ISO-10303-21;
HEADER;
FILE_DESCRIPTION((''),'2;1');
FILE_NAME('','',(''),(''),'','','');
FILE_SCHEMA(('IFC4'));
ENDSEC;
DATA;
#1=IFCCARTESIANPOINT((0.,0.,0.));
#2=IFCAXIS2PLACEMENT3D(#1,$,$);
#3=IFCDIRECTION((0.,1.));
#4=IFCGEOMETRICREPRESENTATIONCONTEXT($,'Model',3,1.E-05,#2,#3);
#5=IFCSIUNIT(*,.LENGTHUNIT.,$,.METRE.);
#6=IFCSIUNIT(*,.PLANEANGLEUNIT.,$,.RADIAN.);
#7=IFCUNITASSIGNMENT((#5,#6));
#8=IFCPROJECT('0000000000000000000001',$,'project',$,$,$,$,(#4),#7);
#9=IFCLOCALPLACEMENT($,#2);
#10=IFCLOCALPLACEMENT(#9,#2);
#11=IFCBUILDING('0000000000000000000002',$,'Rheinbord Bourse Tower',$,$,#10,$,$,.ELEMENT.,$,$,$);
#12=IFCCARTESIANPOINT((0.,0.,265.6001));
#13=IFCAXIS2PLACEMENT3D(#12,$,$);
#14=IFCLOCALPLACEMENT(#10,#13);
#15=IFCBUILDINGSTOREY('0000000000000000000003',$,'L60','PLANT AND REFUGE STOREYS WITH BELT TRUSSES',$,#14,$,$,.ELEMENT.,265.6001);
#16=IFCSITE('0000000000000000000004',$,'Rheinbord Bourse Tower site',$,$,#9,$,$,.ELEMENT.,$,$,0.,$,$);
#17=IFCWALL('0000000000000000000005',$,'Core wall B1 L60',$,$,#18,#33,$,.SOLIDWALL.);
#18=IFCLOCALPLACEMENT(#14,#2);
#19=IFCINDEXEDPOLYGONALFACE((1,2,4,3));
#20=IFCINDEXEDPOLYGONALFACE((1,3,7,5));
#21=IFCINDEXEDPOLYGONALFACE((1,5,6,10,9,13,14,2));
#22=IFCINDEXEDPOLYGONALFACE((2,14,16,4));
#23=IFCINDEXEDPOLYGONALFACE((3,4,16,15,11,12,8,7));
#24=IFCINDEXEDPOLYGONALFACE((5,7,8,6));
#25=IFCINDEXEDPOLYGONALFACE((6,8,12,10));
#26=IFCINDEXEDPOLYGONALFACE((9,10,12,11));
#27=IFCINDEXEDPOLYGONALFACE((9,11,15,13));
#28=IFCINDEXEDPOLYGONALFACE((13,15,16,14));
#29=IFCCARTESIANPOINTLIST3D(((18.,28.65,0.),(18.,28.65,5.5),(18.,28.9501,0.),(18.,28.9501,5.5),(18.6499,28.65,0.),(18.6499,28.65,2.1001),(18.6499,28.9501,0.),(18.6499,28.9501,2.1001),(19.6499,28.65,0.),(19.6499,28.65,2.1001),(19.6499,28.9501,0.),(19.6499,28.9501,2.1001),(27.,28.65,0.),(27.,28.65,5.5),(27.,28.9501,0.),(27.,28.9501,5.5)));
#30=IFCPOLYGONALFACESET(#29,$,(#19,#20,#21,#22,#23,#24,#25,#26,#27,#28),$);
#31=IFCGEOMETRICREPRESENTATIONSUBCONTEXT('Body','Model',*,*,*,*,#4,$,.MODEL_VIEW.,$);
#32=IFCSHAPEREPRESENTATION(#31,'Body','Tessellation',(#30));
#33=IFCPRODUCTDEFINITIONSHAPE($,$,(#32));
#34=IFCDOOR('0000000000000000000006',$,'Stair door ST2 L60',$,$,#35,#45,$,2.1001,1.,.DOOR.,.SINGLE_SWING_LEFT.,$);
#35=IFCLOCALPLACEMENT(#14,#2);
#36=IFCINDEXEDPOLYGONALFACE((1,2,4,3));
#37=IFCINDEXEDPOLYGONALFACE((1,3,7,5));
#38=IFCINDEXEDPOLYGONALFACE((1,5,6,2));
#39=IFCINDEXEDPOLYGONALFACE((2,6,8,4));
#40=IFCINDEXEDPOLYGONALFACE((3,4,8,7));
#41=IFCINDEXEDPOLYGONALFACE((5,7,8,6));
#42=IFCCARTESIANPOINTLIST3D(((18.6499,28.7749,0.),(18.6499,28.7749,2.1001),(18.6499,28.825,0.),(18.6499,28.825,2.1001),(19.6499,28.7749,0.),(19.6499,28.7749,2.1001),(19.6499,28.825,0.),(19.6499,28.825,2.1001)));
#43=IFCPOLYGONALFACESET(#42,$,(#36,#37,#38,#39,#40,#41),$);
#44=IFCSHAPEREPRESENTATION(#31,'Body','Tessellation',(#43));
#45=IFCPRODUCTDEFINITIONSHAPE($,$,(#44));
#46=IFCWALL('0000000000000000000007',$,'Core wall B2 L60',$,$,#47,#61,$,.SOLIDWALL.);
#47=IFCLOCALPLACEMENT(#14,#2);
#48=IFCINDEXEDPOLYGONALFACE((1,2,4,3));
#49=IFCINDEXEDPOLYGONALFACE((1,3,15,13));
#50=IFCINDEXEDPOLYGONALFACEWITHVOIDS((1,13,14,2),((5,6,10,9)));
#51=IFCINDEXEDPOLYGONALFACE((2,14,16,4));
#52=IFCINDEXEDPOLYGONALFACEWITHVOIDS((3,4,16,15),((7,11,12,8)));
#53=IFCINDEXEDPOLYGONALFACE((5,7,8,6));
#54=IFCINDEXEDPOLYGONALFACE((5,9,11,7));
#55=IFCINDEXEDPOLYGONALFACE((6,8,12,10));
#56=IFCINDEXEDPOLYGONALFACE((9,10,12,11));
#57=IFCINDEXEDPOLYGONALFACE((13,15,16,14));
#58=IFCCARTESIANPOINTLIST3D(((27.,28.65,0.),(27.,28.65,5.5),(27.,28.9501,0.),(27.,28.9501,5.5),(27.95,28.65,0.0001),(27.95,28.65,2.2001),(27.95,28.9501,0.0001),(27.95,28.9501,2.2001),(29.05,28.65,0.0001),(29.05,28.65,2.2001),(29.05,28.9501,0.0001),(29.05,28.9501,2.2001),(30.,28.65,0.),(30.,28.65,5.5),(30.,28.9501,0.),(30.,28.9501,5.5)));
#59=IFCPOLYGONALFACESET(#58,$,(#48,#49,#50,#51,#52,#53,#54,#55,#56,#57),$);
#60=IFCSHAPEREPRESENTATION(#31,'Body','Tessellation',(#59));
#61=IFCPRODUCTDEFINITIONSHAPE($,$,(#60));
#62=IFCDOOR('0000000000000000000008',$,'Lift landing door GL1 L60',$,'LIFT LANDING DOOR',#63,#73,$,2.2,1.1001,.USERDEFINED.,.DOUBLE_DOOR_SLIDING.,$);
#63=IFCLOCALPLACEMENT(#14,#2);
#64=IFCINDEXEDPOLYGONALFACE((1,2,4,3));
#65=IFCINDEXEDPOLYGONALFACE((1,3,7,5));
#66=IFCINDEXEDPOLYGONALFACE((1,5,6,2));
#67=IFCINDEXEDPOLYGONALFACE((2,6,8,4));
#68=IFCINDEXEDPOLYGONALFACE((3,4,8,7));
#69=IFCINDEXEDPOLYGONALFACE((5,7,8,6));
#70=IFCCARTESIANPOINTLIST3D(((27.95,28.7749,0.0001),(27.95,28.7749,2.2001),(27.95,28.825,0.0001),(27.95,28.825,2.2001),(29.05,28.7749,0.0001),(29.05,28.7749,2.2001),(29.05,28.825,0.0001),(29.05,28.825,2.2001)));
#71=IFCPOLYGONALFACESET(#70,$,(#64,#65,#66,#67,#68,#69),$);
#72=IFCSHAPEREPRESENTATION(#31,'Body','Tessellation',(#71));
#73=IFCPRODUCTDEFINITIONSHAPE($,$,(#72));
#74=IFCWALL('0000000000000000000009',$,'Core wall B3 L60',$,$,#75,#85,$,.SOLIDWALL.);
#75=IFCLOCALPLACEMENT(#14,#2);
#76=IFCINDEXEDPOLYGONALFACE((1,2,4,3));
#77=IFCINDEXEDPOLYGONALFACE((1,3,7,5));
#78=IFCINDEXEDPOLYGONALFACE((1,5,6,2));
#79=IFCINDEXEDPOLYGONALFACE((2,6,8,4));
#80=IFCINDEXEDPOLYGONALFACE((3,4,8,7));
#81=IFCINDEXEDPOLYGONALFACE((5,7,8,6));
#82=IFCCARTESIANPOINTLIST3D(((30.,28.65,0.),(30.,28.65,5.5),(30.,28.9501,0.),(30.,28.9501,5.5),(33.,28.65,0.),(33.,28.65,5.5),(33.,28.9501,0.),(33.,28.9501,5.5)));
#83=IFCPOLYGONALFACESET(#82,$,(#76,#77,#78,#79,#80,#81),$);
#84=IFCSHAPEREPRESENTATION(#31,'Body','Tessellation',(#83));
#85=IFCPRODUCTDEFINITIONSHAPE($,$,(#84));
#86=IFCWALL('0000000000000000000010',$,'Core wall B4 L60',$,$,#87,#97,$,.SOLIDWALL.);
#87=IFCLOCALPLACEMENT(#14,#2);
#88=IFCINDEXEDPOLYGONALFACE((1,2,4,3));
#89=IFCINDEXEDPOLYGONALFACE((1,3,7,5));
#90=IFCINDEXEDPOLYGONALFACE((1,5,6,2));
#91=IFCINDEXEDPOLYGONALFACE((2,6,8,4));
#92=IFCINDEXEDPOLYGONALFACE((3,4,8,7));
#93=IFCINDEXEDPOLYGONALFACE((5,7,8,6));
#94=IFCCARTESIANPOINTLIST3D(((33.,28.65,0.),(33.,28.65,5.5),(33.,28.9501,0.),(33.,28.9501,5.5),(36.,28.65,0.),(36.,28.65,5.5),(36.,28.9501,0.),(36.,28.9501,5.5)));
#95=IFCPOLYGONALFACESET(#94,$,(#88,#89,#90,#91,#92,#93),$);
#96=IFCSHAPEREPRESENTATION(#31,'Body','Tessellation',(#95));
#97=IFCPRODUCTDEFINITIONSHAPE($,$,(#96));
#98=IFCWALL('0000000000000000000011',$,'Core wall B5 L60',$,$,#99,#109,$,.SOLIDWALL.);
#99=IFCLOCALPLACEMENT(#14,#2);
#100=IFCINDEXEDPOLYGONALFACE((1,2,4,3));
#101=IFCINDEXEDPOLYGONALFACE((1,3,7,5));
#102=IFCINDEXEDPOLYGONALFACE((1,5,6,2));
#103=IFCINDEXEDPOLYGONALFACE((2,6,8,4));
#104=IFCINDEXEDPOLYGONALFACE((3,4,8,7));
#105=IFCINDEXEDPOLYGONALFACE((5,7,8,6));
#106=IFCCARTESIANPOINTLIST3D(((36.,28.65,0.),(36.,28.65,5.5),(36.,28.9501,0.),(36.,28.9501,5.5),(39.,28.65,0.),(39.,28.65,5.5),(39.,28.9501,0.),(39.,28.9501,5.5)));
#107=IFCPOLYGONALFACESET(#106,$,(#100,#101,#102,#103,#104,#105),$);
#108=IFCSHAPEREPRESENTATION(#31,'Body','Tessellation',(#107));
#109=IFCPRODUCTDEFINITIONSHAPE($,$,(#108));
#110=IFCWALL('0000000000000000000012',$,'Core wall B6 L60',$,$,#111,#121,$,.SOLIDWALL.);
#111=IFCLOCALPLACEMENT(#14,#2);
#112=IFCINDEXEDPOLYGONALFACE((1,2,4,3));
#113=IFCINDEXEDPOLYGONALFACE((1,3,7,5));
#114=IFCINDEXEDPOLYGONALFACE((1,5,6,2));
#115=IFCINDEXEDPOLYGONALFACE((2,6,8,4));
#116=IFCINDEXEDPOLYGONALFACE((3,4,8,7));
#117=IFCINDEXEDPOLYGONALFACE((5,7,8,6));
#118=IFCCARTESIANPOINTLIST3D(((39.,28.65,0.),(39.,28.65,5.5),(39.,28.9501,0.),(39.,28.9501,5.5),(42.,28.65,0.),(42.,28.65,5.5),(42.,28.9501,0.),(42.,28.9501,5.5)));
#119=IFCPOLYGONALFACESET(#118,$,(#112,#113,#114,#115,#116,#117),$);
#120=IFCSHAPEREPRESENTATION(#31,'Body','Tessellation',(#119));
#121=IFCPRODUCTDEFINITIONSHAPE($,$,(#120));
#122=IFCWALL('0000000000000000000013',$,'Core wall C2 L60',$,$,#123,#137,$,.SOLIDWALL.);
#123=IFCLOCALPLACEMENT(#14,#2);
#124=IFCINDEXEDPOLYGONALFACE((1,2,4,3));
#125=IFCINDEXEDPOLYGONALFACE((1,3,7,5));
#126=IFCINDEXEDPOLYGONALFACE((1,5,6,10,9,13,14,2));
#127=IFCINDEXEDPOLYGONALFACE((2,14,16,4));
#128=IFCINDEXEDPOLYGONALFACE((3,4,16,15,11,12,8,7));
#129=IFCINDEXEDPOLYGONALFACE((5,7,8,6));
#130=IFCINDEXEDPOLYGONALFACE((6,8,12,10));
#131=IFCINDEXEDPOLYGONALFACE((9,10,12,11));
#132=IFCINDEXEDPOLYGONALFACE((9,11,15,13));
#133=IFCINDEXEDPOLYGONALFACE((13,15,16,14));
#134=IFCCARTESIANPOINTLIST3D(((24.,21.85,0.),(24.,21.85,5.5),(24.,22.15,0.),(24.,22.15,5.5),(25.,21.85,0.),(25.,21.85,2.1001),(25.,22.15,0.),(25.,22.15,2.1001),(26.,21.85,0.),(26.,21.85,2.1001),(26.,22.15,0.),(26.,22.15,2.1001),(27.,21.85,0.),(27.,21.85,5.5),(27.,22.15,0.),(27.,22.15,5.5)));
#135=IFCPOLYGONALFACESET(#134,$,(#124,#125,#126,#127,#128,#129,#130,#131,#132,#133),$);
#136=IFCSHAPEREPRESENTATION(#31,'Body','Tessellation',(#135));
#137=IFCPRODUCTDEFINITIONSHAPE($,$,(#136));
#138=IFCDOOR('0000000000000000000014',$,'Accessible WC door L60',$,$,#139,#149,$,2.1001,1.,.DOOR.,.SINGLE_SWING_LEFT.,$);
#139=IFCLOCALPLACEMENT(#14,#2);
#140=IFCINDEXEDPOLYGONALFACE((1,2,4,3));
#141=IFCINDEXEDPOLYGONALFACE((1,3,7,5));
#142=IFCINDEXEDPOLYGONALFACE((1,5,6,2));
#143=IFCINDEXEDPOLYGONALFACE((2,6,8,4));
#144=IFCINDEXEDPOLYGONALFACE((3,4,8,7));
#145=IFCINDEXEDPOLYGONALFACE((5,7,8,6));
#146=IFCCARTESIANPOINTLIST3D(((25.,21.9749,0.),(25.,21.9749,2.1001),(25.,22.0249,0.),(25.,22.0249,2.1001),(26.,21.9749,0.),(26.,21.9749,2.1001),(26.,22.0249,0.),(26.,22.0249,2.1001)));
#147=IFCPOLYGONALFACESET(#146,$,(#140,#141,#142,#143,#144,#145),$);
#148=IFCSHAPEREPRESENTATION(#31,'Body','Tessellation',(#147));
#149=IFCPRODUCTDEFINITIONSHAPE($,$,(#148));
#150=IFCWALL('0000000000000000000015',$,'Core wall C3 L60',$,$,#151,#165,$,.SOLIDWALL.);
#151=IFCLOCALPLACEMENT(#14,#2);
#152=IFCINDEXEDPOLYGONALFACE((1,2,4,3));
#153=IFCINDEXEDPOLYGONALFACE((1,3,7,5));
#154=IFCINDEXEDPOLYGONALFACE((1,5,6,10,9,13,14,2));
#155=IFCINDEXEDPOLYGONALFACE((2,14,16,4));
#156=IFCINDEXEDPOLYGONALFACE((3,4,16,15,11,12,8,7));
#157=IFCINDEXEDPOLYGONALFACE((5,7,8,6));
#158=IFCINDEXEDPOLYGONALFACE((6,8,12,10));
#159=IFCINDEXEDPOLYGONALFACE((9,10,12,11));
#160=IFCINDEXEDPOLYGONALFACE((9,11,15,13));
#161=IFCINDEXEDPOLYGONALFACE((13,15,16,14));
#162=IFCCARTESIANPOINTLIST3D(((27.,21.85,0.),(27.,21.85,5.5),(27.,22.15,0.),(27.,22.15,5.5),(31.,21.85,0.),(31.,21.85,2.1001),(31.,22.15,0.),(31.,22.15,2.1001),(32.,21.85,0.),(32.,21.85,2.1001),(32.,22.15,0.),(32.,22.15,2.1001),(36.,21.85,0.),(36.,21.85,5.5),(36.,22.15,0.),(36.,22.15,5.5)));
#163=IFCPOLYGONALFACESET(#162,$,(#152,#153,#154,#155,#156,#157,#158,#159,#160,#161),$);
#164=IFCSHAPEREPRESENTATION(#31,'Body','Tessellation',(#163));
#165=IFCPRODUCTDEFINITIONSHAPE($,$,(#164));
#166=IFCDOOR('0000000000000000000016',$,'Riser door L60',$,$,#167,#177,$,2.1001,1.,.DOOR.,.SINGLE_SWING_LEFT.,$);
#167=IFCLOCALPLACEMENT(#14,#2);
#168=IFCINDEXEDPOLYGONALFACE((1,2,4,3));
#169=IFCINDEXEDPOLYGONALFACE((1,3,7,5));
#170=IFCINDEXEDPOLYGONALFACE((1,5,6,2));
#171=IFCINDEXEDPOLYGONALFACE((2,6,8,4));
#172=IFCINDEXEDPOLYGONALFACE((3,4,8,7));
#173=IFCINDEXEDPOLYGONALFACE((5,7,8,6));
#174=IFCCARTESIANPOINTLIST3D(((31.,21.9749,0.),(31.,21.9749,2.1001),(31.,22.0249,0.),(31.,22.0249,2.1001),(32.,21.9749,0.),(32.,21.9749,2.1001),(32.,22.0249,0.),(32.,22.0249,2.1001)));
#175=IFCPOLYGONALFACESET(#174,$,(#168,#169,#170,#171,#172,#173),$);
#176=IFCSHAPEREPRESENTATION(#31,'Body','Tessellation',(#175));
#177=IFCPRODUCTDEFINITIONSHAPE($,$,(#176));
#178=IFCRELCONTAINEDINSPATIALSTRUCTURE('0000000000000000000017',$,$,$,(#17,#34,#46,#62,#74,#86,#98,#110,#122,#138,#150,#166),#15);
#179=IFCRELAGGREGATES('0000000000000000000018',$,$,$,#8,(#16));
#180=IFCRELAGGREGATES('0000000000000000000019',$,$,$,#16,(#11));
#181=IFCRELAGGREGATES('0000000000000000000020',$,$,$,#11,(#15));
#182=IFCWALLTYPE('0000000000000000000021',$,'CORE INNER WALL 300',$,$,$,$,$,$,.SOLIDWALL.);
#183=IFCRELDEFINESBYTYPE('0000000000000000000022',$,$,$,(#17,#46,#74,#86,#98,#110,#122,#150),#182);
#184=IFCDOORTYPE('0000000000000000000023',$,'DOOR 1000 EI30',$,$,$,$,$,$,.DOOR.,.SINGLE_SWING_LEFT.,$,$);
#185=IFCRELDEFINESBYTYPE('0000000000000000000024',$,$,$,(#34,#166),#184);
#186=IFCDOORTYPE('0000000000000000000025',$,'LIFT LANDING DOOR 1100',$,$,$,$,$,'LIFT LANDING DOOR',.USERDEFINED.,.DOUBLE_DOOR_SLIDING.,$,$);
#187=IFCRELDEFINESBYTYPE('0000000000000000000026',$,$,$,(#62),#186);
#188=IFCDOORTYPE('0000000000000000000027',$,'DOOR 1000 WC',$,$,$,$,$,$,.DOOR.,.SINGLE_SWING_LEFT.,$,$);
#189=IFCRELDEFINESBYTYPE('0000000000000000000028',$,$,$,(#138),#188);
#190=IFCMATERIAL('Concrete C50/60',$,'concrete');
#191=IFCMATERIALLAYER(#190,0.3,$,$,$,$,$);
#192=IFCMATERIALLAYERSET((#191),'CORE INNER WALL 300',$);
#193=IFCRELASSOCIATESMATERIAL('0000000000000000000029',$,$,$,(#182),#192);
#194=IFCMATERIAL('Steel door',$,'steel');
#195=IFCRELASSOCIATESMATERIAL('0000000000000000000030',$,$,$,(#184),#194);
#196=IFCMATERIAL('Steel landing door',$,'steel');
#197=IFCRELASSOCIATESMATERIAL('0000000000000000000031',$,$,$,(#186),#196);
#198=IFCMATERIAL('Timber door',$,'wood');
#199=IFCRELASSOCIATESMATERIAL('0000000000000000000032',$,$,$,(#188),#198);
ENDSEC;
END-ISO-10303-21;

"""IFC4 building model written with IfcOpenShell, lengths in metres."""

from ifc_helpers import new_model, si_unit, direction, frame, frame_2d, origin, place, context, subcontext, project, spatial, rectangle, extrude, material, layer, layer_set, type_object, element, fill, save


model = new_model("IFC4")

# Units and contexts
model_context = context("Model", 3, precision=1e-05, world=origin(), true_north=direction((0.0, 1.0)))
body_context = subcontext(model_context, "Body", "Model", "MODEL_VIEW")
ifc_project = project(units=[si_unit("LENGTHUNIT", "METRE"), si_unit("PLANEANGLEUNIT", "RADIAN")], contexts=[model_context])

# Site, building, storey
site_placement = place(None, origin())
site = spatial("IfcSite", under=ifc_project, at=site_placement, Name="Rheinbord Bourse Tower site", CompositionType="ELEMENT", RefElevation=0.0)
building_placement = place(site_placement, origin())
building = spatial("IfcBuilding", under=site, at=building_placement, Name="Rheinbord Bourse Tower", CompositionType="ELEMENT")
storey_placement = place(building_placement, frame((0.0, 0.0, 265.6001)))
storey = spatial("IfcBuildingStorey", under=building, at=storey_placement, Name="L60", Description="PLANT AND REFUGE STOREYS WITH BELT TRUSSES", CompositionType="ELEMENT", Elevation=265.6001)

# Walls, openings, doors
ifc_material_1 = material(Name="Concrete C50/60", Category="concrete")
ifc_layer_1 = layer(ifc_material_1, 0.3)
ifc_layer_set_1 = layer_set([ifc_layer_1], Name="CORE INNER WALL 300")
wall_type_1 = type_object("IfcWallType", Name="CORE INNER WALL 300", PredefinedType="SOLIDWALL", material=ifc_layer_set_1)
wall_1_placement = place(storey_placement, frame((18.0, 28.8, 0.0), z_axis=(0.0, 0.0, 1.0), x_axis=(1.0, 0.0, 0.0)))
wall_1 = element("IfcWall", 1, at=wall_1_placement, inside=storey, type_object=wall_type_1, Name="Core wall B1 L60", PredefinedType="SOLIDWALL", context=body_context, shape_type="SweptSolid", body=[
    extrude(rectangle(XDim=9.0, YDim=0.3, at=frame_2d((4.5, 0.0))), origin(), (0.0, 0.0, 1.0), 5.5),
])
opening_1_placement = place(wall_1_placement, frame((0.6499, 0.0, 0.0)))
opening_1 = element("IfcOpeningElement", 2, at=opening_1_placement, cuts=wall_1, PredefinedType="OPENING", context=body_context, shape_type="SweptSolid", body=[
    extrude(rectangle(XDim=1.0, YDim=2.1001, at=frame_2d((0.5, 1.05))), frame((0.0, 0.1599, 0.0), z_axis=(0.0, -1.0, 0.0), x_axis=(1.0, 0.0, 0.0)), (0.0, 0.0, 1.0), 0.3201),
])
ifc_material_2 = material(Name="Steel door", Category="steel")
door_type_1 = type_object("IfcDoorType", Name="DOOR 1000 EI30", OperationType="SINGLE_SWING_LEFT", PredefinedType="DOOR", material=ifc_material_2)
door_1_placement = place(opening_1_placement, origin())
door_1 = element("IfcDoor", 3, at=door_1_placement, inside=storey, type_object=door_type_1, Name="Stair door ST2 L60", OperationType="SINGLE_SWING_LEFT", OverallHeight=2.1001, OverallWidth=1.0, PredefinedType="DOOR", context=body_context, shape_type="SweptSolid", body=[
    extrude(rectangle(XDim=1.0, YDim=2.1001, at=frame_2d((0.5, 1.05))), frame((0.0, 0.0249, 0.0), z_axis=(0.0, -1.0, 0.0), x_axis=(1.0, 0.0, 0.0)), (0.0, 0.0, 1.0), 0.05),
])
fill(opening_1, door_1)
wall_2_placement = place(storey_placement, frame((27.0, 28.8, 0.0), z_axis=(0.0, 0.0, 1.0), x_axis=(1.0, 0.0, 0.0)))
wall_2 = element("IfcWall", 4, at=wall_2_placement, inside=storey, type_object=wall_type_1, Name="Core wall B2 L60", PredefinedType="SOLIDWALL", context=body_context, shape_type="SweptSolid", body=[
    extrude(rectangle(XDim=3.0, YDim=0.3, at=frame_2d((1.5, 0.0))), origin(), (0.0, 0.0, 1.0), 5.5),
])
opening_2_placement = place(wall_2_placement, frame((0.95, 0.0, 0.0)))
opening_2 = element("IfcOpeningElement", 5, at=opening_2_placement, cuts=wall_2, PredefinedType="OPENING", context=body_context, shape_type="SweptSolid", body=[
    extrude(rectangle(XDim=1.1001, YDim=2.2, at=frame_2d((0.55, 1.1001))), frame((0.0, 0.1599, 0.0), z_axis=(0.0, -1.0, 0.0), x_axis=(1.0, 0.0, 0.0)), (0.0, 0.0, 1.0), 0.3201),
])
ifc_material_3 = material(Name="Steel landing door", Category="steel")
door_type_2 = type_object("IfcDoorType", Name="LIFT LANDING DOOR 1100", ElementType="LIFT LANDING DOOR", OperationType="DOUBLE_DOOR_SLIDING", PredefinedType="USERDEFINED", material=ifc_material_3)
door_2_placement = place(opening_2_placement, origin())
door_2 = element("IfcDoor", 6, at=door_2_placement, inside=storey, type_object=door_type_2, Name="Lift landing door GL1 L60", ObjectType="LIFT LANDING DOOR", OperationType="DOUBLE_DOOR_SLIDING", OverallHeight=2.2, OverallWidth=1.1001, PredefinedType="USERDEFINED", context=body_context, shape_type="SweptSolid", body=[
    extrude(rectangle(XDim=1.1001, YDim=2.2, at=frame_2d((0.55, 1.1001))), frame((0.0, 0.0249, 0.0), z_axis=(0.0, -1.0, 0.0), x_axis=(1.0, 0.0, 0.0)), (0.0, 0.0, 1.0), 0.05),
])
fill(opening_2, door_2)

# Walls
for number, where, z_axis, x_axis, name in (
    (7, (30.0, 28.8, 0.0), (0.0, 0.0, 1.0), (1.0, 0.0, 0.0), "Core wall B3 L60"),
    (8, (33.0, 28.8, 0.0), (0.0, 0.0, 1.0), (1.0, 0.0, 0.0), "Core wall B4 L60"),
    (9, (36.0, 28.8, 0.0), (0.0, 0.0, 1.0), (1.0, 0.0, 0.0), "Core wall B5 L60"),
    (10, (39.0, 28.8, 0.0), (0.0, 0.0, 1.0), (1.0, 0.0, 0.0), "Core wall B6 L60"),
):
    element("IfcWall", number, at=place(storey_placement, frame(where, z_axis=z_axis, x_axis=x_axis)), inside=storey, type_object=wall_type_1, Name=name, PredefinedType="SOLIDWALL", context=body_context, shape_type="SweptSolid", body=[
        extrude(rectangle(XDim=3.0, YDim=0.3, at=frame_2d((1.5, 0.0))), origin(), (0.0, 0.0, 1.0), 5.5),
    ])

# Walls, openings, doors
wall_3_placement = place(storey_placement, frame((24.0, 22.0, 0.0), z_axis=(0.0, 0.0, 1.0), x_axis=(1.0, 0.0, 0.0)))
wall_3 = element("IfcWall", 11, at=wall_3_placement, inside=storey, type_object=wall_type_1, Name="Core wall C2 L60", PredefinedType="SOLIDWALL", context=body_context, shape_type="SweptSolid", body=[
    extrude(rectangle(XDim=3.0, YDim=0.3, at=frame_2d((1.5, 0.0))), origin(), (0.0, 0.0, 1.0), 5.5),
])
opening_3_placement = place(wall_3_placement, frame((1.0, 0.0, 0.0)))
opening_3 = element("IfcOpeningElement", 12, at=opening_3_placement, cuts=wall_3, PredefinedType="OPENING", context=body_context, shape_type="SweptSolid", body=[
    extrude(rectangle(XDim=1.0, YDim=2.1001, at=frame_2d((0.5, 1.05))), frame((0.0, 0.1599, 0.0), z_axis=(0.0, -1.0, 0.0), x_axis=(1.0, 0.0, 0.0)), (0.0, 0.0, 1.0), 0.3201),
])
ifc_material_4 = material(Name="Timber door", Category="wood")
door_type_3 = type_object("IfcDoorType", Name="DOOR 1000 WC", OperationType="SINGLE_SWING_LEFT", PredefinedType="DOOR", material=ifc_material_4)
door_3_placement = place(opening_3_placement, origin())
door_3 = element("IfcDoor", 13, at=door_3_placement, inside=storey, type_object=door_type_3, Name="Accessible WC door L60", OperationType="SINGLE_SWING_LEFT", OverallHeight=2.1001, OverallWidth=1.0, PredefinedType="DOOR", context=body_context, shape_type="SweptSolid", body=[
    extrude(rectangle(XDim=1.0, YDim=2.1001, at=frame_2d((0.5, 1.05))), frame((0.0, 0.0249, 0.0), z_axis=(0.0, -1.0, 0.0), x_axis=(1.0, 0.0, 0.0)), (0.0, 0.0, 1.0), 0.05),
])
fill(opening_3, door_3)
wall_4_placement = place(storey_placement, frame((27.0, 22.0, 0.0), z_axis=(0.0, 0.0, 1.0), x_axis=(1.0, 0.0, 0.0)))
wall_4 = element("IfcWall", 14, at=wall_4_placement, inside=storey, type_object=wall_type_1, Name="Core wall C3 L60", PredefinedType="SOLIDWALL", context=body_context, shape_type="SweptSolid", body=[
    extrude(rectangle(XDim=9.0, YDim=0.3, at=frame_2d((4.5, 0.0))), origin(), (0.0, 0.0, 1.0), 5.5),
])
opening_4_placement = place(wall_4_placement, frame((4.0, 0.0, 0.0)))
opening_4 = element("IfcOpeningElement", 15, at=opening_4_placement, cuts=wall_4, PredefinedType="OPENING", context=body_context, shape_type="SweptSolid", body=[
    extrude(rectangle(XDim=1.0, YDim=2.1001, at=frame_2d((0.5, 1.05))), frame((0.0, 0.1599, 0.0), z_axis=(0.0, -1.0, 0.0), x_axis=(1.0, 0.0, 0.0)), (0.0, 0.0, 1.0), 0.3201),
])
door_4_placement = place(opening_4_placement, origin())
door_4 = element("IfcDoor", 16, at=door_4_placement, inside=storey, type_object=door_type_1, Name="Riser door L60", OperationType="SINGLE_SWING_LEFT", OverallHeight=2.1001, OverallWidth=1.0, PredefinedType="DOOR", context=body_context, shape_type="SweptSolid", body=[
    extrude(rectangle(XDim=1.0, YDim=2.1001, at=frame_2d((0.5, 1.05))), frame((0.0, 0.0249, 0.0), z_axis=(0.0, -1.0, 0.0), x_axis=(1.0, 0.0, 0.0)), (0.0, 0.0, 1.0), 0.05),
])
fill(opening_4, door_4)

save(model, "model.ifc")
